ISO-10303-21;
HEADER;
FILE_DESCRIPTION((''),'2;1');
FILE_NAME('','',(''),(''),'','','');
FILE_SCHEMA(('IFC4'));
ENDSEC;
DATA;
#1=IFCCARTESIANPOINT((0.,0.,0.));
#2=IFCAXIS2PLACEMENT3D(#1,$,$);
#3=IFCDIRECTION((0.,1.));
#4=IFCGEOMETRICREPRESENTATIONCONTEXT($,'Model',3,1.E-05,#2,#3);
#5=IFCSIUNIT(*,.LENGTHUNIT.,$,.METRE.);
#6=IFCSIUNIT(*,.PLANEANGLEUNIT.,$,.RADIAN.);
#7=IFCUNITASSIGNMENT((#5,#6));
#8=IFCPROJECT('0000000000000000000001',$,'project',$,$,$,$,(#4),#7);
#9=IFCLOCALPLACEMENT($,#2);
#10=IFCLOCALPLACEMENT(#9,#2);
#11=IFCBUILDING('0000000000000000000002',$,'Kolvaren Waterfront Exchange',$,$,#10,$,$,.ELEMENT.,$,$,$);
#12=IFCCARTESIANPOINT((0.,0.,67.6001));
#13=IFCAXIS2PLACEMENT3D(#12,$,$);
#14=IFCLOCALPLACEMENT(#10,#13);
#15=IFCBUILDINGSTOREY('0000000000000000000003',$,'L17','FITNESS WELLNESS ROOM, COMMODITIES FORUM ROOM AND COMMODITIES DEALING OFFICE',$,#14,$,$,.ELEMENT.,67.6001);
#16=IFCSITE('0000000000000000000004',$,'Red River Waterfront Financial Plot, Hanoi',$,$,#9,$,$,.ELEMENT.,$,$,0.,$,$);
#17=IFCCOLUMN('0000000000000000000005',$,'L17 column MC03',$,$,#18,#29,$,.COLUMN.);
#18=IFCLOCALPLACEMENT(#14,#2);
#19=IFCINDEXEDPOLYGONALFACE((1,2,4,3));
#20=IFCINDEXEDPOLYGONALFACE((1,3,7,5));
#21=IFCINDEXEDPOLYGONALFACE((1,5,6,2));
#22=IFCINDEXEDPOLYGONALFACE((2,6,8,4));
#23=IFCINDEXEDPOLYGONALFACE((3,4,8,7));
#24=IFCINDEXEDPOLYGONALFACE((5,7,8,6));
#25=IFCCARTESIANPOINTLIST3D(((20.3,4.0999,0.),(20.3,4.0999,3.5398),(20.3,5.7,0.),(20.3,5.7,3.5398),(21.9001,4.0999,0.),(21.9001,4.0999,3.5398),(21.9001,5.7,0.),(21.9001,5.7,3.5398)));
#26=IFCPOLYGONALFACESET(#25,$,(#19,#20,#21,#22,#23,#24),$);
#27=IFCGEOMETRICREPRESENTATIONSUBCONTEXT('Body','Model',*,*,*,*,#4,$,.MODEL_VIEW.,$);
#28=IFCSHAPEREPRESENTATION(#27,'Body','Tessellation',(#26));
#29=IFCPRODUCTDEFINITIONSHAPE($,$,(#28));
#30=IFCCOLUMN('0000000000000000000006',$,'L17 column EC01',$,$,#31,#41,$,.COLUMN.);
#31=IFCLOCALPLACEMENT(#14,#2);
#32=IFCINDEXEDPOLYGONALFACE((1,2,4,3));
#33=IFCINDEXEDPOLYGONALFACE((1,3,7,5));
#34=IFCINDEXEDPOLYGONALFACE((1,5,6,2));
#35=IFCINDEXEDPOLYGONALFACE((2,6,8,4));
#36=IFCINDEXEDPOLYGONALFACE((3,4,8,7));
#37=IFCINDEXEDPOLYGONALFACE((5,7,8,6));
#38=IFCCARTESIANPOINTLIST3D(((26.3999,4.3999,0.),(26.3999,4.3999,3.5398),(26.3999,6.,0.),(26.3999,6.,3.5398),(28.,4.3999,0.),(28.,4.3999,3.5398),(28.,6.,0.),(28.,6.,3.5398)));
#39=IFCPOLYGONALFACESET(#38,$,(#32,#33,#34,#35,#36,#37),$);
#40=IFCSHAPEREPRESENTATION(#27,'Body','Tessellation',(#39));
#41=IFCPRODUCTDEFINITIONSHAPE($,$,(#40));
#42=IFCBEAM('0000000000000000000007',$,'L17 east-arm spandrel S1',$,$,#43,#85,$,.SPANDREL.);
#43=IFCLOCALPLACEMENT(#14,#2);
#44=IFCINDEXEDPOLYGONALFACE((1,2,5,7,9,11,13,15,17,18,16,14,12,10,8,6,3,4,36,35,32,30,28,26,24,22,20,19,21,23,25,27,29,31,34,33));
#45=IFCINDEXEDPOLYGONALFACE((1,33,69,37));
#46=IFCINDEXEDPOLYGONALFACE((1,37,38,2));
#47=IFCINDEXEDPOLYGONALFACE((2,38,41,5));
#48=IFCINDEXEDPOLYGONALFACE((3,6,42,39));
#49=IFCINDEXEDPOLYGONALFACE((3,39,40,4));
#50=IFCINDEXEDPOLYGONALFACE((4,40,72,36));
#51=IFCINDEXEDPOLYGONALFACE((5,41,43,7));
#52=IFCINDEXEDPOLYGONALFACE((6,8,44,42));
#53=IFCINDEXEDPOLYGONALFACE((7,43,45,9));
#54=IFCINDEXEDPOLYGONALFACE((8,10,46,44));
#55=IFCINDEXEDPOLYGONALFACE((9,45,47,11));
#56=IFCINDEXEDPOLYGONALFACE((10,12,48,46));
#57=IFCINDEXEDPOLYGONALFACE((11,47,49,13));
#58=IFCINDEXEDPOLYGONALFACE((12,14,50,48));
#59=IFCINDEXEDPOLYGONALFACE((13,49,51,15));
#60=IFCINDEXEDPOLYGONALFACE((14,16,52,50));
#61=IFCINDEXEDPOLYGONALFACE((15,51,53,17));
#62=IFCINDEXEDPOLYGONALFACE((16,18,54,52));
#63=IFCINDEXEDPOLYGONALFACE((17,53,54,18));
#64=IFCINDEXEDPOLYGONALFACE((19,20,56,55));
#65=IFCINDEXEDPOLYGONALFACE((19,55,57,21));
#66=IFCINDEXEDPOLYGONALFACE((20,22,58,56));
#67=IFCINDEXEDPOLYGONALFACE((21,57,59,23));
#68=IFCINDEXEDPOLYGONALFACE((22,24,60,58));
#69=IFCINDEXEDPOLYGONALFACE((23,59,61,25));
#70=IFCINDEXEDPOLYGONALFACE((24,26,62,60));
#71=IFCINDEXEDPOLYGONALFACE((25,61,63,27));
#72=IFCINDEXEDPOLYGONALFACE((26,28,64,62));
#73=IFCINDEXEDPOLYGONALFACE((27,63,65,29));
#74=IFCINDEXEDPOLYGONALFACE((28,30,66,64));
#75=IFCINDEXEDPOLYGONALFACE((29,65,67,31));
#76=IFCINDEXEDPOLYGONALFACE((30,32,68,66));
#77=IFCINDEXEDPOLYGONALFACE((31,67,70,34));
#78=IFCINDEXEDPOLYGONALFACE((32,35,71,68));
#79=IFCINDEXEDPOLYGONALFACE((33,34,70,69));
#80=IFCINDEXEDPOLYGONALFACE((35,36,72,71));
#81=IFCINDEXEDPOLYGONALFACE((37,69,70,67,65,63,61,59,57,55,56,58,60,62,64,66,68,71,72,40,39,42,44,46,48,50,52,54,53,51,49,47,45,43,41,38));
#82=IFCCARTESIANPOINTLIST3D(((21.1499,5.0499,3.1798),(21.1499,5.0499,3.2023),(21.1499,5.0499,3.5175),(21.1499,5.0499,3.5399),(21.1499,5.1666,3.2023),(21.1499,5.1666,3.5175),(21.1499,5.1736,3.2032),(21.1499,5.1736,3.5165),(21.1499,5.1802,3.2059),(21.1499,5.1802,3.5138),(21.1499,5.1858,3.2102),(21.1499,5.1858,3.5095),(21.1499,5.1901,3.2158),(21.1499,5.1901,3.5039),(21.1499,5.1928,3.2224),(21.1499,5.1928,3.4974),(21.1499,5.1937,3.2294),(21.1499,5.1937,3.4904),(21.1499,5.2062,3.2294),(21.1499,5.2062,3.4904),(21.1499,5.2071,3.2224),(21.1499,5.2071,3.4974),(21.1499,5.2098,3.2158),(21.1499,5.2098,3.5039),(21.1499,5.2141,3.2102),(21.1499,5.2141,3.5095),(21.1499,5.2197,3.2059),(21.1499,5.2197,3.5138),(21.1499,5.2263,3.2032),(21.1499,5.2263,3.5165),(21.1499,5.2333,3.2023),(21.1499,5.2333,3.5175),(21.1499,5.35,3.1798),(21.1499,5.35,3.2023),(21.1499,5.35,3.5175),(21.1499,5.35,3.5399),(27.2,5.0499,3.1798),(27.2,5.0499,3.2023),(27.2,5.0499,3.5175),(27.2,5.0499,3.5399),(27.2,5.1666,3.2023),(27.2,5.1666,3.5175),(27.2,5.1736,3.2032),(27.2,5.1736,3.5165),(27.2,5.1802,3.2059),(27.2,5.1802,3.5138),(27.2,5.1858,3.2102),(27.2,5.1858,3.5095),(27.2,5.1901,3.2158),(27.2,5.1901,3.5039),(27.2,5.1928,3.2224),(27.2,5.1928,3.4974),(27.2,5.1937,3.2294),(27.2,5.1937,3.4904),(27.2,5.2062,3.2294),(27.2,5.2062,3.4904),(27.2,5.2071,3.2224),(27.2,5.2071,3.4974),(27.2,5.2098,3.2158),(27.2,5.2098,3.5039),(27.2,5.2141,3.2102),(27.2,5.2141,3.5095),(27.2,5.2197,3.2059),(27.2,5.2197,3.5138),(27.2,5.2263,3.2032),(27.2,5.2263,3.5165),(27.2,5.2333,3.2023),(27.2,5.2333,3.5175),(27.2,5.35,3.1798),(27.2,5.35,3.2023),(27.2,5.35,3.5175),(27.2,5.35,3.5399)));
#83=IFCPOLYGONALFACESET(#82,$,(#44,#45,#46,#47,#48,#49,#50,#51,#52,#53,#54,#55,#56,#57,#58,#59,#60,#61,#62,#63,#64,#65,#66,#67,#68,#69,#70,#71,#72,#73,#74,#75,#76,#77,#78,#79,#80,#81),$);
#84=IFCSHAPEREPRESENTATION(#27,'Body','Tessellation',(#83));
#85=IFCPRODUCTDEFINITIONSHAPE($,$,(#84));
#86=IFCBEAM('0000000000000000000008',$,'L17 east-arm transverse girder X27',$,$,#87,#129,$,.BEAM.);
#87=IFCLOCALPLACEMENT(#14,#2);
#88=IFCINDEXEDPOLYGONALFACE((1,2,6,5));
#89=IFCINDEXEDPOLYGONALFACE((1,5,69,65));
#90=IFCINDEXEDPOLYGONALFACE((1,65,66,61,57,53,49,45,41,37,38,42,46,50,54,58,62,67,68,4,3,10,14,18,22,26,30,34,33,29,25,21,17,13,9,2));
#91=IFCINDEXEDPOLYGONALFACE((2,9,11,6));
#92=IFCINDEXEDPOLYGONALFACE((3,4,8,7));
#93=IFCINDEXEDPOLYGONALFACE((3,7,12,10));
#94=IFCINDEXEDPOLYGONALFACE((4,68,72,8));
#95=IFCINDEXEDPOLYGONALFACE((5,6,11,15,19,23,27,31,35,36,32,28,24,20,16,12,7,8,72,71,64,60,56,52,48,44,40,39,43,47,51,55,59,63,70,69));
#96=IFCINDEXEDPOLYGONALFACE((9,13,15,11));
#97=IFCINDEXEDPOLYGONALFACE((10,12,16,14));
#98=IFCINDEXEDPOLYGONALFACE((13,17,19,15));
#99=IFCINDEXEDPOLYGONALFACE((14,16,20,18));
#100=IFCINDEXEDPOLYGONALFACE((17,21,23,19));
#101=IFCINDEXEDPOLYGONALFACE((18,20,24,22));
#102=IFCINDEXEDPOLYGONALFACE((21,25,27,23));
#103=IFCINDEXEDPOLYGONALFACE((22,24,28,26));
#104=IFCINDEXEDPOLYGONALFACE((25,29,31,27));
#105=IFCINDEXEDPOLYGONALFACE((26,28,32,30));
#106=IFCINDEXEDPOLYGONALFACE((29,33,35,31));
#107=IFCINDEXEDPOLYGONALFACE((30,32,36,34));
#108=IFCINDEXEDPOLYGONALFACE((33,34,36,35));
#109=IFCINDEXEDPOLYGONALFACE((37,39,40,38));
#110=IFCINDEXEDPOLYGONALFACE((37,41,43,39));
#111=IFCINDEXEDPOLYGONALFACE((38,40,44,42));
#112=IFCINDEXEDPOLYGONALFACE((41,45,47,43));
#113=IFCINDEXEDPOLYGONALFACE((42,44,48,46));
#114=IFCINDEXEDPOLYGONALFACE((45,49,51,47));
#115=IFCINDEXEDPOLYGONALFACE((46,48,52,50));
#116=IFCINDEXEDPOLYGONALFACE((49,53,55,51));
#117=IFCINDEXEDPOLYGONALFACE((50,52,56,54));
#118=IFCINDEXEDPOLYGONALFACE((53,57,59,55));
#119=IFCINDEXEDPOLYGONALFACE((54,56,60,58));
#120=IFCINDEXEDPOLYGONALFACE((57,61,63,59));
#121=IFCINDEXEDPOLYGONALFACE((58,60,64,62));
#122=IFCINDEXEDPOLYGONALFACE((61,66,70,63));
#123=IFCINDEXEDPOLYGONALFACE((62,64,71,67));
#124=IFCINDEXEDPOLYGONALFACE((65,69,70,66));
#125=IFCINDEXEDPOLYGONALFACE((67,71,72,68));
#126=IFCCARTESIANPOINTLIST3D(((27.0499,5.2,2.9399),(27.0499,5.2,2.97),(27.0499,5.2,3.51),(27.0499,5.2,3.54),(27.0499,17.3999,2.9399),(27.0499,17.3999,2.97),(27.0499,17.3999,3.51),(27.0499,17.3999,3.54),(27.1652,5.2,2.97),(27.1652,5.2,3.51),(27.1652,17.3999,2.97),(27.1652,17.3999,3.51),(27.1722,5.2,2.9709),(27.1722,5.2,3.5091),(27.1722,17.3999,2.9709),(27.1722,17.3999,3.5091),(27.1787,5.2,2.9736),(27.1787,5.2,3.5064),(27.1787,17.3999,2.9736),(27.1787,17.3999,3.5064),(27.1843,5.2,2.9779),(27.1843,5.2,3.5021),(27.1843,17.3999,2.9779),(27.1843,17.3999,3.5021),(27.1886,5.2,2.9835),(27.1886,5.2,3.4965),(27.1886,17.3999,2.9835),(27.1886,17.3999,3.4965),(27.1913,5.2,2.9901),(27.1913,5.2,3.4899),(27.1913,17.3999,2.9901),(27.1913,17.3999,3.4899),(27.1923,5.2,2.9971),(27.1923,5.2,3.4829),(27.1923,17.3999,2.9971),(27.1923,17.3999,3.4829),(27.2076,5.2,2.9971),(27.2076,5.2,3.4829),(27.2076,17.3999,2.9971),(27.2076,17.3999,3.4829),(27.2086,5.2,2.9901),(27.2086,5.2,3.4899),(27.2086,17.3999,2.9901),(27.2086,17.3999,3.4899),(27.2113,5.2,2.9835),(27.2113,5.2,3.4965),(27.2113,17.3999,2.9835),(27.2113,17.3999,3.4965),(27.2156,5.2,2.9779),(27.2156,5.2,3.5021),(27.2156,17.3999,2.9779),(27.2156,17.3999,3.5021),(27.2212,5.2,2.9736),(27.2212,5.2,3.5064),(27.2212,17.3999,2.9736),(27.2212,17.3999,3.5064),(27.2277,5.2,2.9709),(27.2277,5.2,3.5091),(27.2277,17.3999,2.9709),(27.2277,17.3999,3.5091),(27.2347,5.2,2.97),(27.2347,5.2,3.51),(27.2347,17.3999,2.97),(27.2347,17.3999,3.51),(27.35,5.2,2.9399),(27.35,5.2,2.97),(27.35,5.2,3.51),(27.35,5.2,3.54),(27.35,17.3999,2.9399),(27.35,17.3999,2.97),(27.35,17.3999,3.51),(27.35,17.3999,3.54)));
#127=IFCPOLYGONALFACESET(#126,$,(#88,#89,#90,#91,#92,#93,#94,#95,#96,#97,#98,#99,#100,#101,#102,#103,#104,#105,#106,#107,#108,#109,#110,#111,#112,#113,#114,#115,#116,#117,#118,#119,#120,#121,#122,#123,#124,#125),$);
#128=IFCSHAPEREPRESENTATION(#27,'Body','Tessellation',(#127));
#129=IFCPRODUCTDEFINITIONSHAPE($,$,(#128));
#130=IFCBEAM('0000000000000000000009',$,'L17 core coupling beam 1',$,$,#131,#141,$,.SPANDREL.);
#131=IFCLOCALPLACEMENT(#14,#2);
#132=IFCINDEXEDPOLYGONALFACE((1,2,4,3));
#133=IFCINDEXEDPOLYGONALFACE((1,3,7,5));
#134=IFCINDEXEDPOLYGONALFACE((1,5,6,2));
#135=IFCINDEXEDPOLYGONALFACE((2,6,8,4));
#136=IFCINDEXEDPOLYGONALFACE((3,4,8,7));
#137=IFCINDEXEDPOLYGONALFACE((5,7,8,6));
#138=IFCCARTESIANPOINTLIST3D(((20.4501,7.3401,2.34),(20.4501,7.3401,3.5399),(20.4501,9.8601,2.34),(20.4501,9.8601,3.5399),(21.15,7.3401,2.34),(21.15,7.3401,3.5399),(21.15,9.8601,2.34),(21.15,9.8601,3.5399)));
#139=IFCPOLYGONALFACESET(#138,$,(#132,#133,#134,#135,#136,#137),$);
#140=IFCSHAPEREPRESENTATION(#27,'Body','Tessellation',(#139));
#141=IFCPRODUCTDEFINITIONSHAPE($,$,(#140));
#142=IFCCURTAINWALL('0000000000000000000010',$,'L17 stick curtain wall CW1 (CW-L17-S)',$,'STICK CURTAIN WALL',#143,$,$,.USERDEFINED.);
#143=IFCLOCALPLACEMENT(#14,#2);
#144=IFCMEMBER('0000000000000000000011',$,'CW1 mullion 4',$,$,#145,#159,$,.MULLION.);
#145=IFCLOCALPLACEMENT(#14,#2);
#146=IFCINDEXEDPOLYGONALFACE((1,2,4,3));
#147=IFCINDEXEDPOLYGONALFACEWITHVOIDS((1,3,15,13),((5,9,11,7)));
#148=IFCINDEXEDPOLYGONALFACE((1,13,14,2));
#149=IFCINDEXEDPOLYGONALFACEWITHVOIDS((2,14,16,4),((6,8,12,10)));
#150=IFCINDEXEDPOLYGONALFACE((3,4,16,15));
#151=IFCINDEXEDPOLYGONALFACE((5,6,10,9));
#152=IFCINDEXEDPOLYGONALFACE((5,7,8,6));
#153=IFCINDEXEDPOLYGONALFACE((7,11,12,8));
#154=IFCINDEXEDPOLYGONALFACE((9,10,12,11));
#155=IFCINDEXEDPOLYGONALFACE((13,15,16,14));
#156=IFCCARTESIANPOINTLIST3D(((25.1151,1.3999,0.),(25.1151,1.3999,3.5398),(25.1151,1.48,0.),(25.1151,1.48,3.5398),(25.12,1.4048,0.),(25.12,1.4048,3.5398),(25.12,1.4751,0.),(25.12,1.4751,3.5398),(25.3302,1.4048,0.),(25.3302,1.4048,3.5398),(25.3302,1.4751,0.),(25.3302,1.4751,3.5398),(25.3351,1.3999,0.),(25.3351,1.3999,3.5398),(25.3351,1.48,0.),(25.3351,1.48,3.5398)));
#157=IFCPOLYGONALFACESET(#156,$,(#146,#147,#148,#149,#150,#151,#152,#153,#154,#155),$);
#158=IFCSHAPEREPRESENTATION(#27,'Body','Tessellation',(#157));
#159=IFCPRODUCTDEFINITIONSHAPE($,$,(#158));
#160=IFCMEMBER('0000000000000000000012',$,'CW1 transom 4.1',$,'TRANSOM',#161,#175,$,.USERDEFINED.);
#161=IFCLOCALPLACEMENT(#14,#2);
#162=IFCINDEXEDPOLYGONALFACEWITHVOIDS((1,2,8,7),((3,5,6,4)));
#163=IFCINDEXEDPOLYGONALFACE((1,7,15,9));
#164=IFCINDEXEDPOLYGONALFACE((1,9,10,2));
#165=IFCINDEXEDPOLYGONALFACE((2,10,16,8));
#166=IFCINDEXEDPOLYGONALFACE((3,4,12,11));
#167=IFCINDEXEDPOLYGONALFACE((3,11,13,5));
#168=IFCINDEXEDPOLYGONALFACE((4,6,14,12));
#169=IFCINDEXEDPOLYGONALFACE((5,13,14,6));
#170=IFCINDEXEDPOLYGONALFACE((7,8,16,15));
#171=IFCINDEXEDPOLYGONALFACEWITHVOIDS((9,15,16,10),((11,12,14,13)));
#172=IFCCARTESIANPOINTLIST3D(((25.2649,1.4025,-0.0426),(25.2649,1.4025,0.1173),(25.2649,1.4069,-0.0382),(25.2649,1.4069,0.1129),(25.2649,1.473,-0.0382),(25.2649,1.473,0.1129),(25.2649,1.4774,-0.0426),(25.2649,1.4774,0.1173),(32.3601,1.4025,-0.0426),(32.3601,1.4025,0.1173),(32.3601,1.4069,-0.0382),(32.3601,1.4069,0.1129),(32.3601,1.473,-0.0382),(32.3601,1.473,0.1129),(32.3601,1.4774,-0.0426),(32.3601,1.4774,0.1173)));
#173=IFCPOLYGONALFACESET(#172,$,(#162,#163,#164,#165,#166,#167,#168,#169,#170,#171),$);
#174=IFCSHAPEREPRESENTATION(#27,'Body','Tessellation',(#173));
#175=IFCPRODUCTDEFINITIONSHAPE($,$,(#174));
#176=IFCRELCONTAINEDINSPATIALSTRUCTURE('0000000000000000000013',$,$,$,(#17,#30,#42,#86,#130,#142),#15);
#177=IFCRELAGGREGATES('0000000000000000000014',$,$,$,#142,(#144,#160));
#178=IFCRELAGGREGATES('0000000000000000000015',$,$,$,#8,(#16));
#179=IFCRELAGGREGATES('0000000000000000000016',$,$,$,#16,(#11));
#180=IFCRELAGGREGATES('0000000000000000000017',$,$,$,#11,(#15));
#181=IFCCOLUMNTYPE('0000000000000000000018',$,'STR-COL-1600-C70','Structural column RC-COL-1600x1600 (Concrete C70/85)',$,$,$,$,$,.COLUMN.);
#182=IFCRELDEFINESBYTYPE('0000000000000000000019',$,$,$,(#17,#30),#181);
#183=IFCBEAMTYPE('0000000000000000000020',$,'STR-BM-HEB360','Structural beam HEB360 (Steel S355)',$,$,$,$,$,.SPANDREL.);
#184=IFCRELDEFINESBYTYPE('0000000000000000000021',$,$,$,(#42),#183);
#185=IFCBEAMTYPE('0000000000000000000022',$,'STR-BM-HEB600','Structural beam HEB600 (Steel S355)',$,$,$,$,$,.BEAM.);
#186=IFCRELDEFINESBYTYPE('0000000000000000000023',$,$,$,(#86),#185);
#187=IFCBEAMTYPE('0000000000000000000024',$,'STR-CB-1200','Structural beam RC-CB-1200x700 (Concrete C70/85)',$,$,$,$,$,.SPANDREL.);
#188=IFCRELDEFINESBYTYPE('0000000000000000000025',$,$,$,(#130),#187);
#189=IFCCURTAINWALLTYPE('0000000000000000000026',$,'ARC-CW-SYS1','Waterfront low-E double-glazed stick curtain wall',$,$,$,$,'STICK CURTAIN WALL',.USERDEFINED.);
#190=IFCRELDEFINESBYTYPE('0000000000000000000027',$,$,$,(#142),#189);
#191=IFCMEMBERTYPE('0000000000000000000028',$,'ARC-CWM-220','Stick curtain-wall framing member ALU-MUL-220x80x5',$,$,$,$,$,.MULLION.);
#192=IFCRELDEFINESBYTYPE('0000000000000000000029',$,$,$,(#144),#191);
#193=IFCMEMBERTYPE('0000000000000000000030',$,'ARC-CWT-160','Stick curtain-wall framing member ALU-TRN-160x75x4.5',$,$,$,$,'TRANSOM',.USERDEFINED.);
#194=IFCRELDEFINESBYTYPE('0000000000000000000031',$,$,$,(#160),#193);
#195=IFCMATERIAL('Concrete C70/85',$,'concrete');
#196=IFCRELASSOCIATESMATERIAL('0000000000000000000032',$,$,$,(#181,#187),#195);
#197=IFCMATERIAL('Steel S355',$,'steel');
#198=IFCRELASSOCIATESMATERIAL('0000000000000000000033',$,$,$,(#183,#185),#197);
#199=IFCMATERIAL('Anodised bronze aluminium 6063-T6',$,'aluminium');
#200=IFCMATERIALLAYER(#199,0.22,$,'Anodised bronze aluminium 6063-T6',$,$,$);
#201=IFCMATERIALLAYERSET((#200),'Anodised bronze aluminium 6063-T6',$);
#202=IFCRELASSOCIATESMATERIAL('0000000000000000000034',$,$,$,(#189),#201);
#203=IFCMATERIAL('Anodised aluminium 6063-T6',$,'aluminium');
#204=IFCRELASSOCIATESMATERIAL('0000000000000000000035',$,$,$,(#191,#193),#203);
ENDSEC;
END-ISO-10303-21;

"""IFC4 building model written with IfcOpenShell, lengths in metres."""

from ifc_helpers import new_model, si_unit, direction, frame, origin, origin_with_axes, origin_2d, place, context, subcontext, project, spatial, rectangle, hollow_rectangle, i_section, extrude, source, transform, mapped, material, layer, layer_set, material_profile, profile_set, type_object, element, aggregate, save


model = new_model("IFC4")

# Units and contexts
model_context = context("Model", 3, precision=1e-05, world=origin(), true_north=direction((0.0, 1.0)))
body_context = subcontext(model_context, "Body", "Model", "MODEL_VIEW")
ifc_project = project(units=[si_unit("LENGTHUNIT", "METRE"), si_unit("PLANEANGLEUNIT", "RADIAN")], contexts=[model_context])

# Site, building, storey
site_placement = place(None, origin())
site = spatial("IfcSite", under=ifc_project, at=site_placement, Name="Red River Waterfront Financial Plot, Hanoi", CompositionType="ELEMENT", RefElevation=0.0)
building_placement = place(site_placement, origin())
building = spatial("IfcBuilding", under=site, at=building_placement, Name="Kolvaren Waterfront Exchange", CompositionType="ELEMENT")
storey_placement = place(building_placement, frame((0.0, 0.0, 67.6001)))
storey = spatial("IfcBuildingStorey", under=building, at=storey_placement, Name="L17", Description="FITNESS WELLNESS ROOM, COMMODITIES FORUM ROOM AND COMMODITIES DEALING OFFICE", CompositionType="ELEMENT", Elevation=67.6001)

# Columns
ifc_material_1 = material(Name="Concrete C70/85", Category="concrete")
ifc_material_profile_1 = material_profile(ifc_material_1, rectangle(XDim=1.6001, YDim=1.6001, at=origin_2d()), Name="RC-COL-1600x1600")
ifc_profile_set_1 = profile_set([ifc_material_profile_1], Name="Concrete C70/85")
column_type = type_object("IfcColumnType", Name="STR-COL-1600-C70", Description="Structural column RC-COL-1600x1600 (Concrete C70/85)", PredefinedType="COLUMN", material=ifc_profile_set_1)
for number, where, z_axis, x_axis, name in (
    (1, (21.1001, 4.8999, 0.0), (0.0, 0.0, 1.0), (1.0, 0.0, 0.0), "L17 column MC03"),
    (2, (27.2, 5.2, 0.0), (0.0, 0.0, 1.0), (1.0, 0.0, 0.0), "L17 column EC01"),
):
    element("IfcColumn", number, at=place(storey_placement, frame(where, z_axis=z_axis, x_axis=x_axis)), inside=storey, type_object=column_type, Name=name, PredefinedType="COLUMN", context=body_context, shape_type="SweptSolid", body=[
        extrude(rectangle(XDim=1.6001, YDim=1.6001, at=origin_2d()), origin(), (0.0, 0.0, 1.0), 3.5398),
    ])

# Beams
ifc_material_2 = material(Name="Steel S355", Category="steel")
ifc_material_profile_2 = material_profile(ifc_material_2, i_section(OverallWidth=0.3, OverallDepth=0.3601, WebThickness=0.0125, FlangeThickness=0.0225, FilletRadius=0.0271, at=origin_2d()), Name="HEB360")
ifc_profile_set_2 = profile_set([ifc_material_profile_2], Name="Steel S355")
beam_type_1 = type_object("IfcBeamType", Name="STR-BM-HEB360", Description="Structural beam HEB360 (Steel S355)", PredefinedType="SPANDREL", material=ifc_profile_set_2)
beam_1_placement = place(storey_placement, frame((21.1499, 5.2, 3.3599), z_axis=(1.0, 0.0, 0.0), x_axis=(0.0, 1.0, 0.0)))
element("IfcBeam", 3, at=beam_1_placement, inside=storey, type_object=beam_type_1, Name="L17 east-arm spandrel S1", PredefinedType="SPANDREL", context=body_context, shape_type="SweptSolid", body=[
    extrude(i_section(OverallWidth=0.3, OverallDepth=0.3601, WebThickness=0.0125, FlangeThickness=0.0225, FilletRadius=0.0271, at=origin_2d()), origin(), (0.0, 0.0, 1.0), 6.05),
])
ifc_material_profile_3 = material_profile(ifc_material_2, i_section(OverallWidth=0.3, OverallDepth=0.6001, WebThickness=0.0154, FlangeThickness=0.03, FilletRadius=0.0271, at=origin_2d()), Name="HEB600")
ifc_profile_set_3 = profile_set([ifc_material_profile_3], Name="Steel S355")
beam_type_2 = type_object("IfcBeamType", Name="STR-BM-HEB600", Description="Structural beam HEB600 (Steel S355)", PredefinedType="BEAM", material=ifc_profile_set_3)
beam_2_placement = place(storey_placement, frame((27.2, 5.2, 3.24), z_axis=(0.0, 1.0, 0.0), x_axis=(-1.0, 0.0, 0.0)))
element("IfcBeam", 4, at=beam_2_placement, inside=storey, type_object=beam_type_2, Name="L17 east-arm transverse girder X27", PredefinedType="BEAM", context=body_context, shape_type="SweptSolid", body=[
    extrude(i_section(OverallWidth=0.3, OverallDepth=0.6001, WebThickness=0.0154, FlangeThickness=0.03, FilletRadius=0.0271, at=origin_2d()), origin(), (0.0, 0.0, 1.0), 12.2),
])
ifc_material_profile_4 = material_profile(ifc_material_1, rectangle(XDim=0.7, YDim=1.2, at=origin_2d()), Name="RC-CB-1200x700")
ifc_profile_set_4 = profile_set([ifc_material_profile_4], Name="Concrete C70/85")
beam_type_3 = type_object("IfcBeamType", Name="STR-CB-1200", Description="Structural beam RC-CB-1200x700 (Concrete C70/85)", PredefinedType="SPANDREL", material=ifc_profile_set_4)
beam_3_placement = place(storey_placement, frame((20.8, 7.3401, 2.9399), z_axis=(0.0, 1.0, 0.0), x_axis=(-1.0, 0.0, 0.0)))
element("IfcBeam", 5, at=beam_3_placement, inside=storey, type_object=beam_type_3, Name="L17 core coupling beam 1", PredefinedType="SPANDREL", context=body_context, shape_type="SweptSolid", body=[
    extrude(rectangle(XDim=0.7, YDim=1.2, at=origin_2d()), origin(), (0.0, 0.0, 1.0), 2.52),
])

# Curtain wall, members
ifc_material_3 = material(Name="Anodised bronze aluminium 6063-T6", Category="aluminium")
ifc_layer_1 = layer(ifc_material_3, 0.22, Name="Anodised bronze aluminium 6063-T6")
ifc_layer_set_1 = layer_set([ifc_layer_1], Name="Anodised bronze aluminium 6063-T6")
curtain_wall_type = type_object("IfcCurtainWallType", Name="ARC-CW-SYS1", Description="Waterfront low-E double-glazed stick curtain wall", ElementType="STICK CURTAIN WALL", PredefinedType="USERDEFINED", material=ifc_layer_set_1)
curtain_wall_placement = place(storey_placement, origin())
curtain_wall = element("IfcCurtainWall", 6, at=curtain_wall_placement, inside=storey, type_object=curtain_wall_type, Name="L17 stick curtain wall CW1 (CW-L17-S)", ObjectType="STICK CURTAIN WALL", PredefinedType="USERDEFINED")
ifc_material_4 = material(Name="Anodised aluminium 6063-T6", Category="aluminium")
ifc_material_profile_5 = material_profile(ifc_material_4, hollow_rectangle(XDim=0.0801, YDim=0.22, WallThickness=0.0049, at=origin_2d()), Name="ALU-MUL-220x80x5")
ifc_profile_set_5 = profile_set([ifc_material_profile_5], Name="Anodised aluminium 6063-T6")
member_type_1 = type_object("IfcMemberType", Name="ARC-CWM-220", Description="Stick curtain-wall framing member ALU-MUL-220x80x5", PredefinedType="MULLION", material=ifc_profile_set_5)
shared_shape_1 = source(origin_with_axes(), body_context, "Body", "SweptSolid", [
    extrude(hollow_rectangle(XDim=0.0801, YDim=0.22, WallThickness=0.0049, at=origin_2d()), origin(), (0.0, 0.0, 1.0), 3.5398),
])
member_1_placement = place(storey_placement, frame((25.2251, 1.4399, 0.0), z_axis=(0.0, 0.0, 1.0), x_axis=(0.0, 1.0, 0.0)))
member_1 = element("IfcMember", 7, at=member_1_placement, type_object=member_type_1, Name="CW1 mullion 4", PredefinedType="MULLION", context=body_context, shape_type="MappedRepresentation", body=[
    mapped(shared_shape_1, transform((0.0, 0.0, 0.0), x_axis=(1.0, 0.0, 0.0), y_axis=(0.0, 1.0, 0.0), z_axis=(0.0, 0.0, 1.0), scale=1.0)),
])
ifc_material_profile_6 = material_profile(ifc_material_4, hollow_rectangle(XDim=0.075, YDim=0.1599, WallThickness=0.0044, at=origin_2d()), Name="ALU-TRN-160x75x4.5")
ifc_profile_set_6 = profile_set([ifc_material_profile_6], Name="Anodised aluminium 6063-T6")
member_type_2 = type_object("IfcMemberType", Name="ARC-CWT-160", Description="Stick curtain-wall framing member ALU-TRN-160x75x4.5", ElementType="TRANSOM", PredefinedType="USERDEFINED", material=ifc_profile_set_6)
shared_shape_2 = source(origin_with_axes(), body_context, "Body", "SweptSolid", [
    extrude(hollow_rectangle(XDim=0.075, YDim=0.1599, WallThickness=0.0044, at=origin_2d()), origin(), (0.0, 0.0, 1.0), 7.0952),
])
member_2_placement = place(storey_placement, frame((25.2649, 1.4399, 0.0374), z_axis=(1.0, 0.0, 0.0), x_axis=(0.0, 1.0, 0.0)))
member_2 = element("IfcMember", 8, at=member_2_placement, type_object=member_type_2, Name="CW1 transom 4.1", ObjectType="TRANSOM", PredefinedType="USERDEFINED", context=body_context, shape_type="MappedRepresentation", body=[
    mapped(shared_shape_2, transform((0.0, 0.0, 0.0), x_axis=(1.0, 0.0, 0.0), y_axis=(0.0, 1.0, 0.0), z_axis=(0.0, 0.0, 1.0), scale=1.0)),
])
aggregate(curtain_wall, [member_1, member_2])

save(model, "model.ifc")
